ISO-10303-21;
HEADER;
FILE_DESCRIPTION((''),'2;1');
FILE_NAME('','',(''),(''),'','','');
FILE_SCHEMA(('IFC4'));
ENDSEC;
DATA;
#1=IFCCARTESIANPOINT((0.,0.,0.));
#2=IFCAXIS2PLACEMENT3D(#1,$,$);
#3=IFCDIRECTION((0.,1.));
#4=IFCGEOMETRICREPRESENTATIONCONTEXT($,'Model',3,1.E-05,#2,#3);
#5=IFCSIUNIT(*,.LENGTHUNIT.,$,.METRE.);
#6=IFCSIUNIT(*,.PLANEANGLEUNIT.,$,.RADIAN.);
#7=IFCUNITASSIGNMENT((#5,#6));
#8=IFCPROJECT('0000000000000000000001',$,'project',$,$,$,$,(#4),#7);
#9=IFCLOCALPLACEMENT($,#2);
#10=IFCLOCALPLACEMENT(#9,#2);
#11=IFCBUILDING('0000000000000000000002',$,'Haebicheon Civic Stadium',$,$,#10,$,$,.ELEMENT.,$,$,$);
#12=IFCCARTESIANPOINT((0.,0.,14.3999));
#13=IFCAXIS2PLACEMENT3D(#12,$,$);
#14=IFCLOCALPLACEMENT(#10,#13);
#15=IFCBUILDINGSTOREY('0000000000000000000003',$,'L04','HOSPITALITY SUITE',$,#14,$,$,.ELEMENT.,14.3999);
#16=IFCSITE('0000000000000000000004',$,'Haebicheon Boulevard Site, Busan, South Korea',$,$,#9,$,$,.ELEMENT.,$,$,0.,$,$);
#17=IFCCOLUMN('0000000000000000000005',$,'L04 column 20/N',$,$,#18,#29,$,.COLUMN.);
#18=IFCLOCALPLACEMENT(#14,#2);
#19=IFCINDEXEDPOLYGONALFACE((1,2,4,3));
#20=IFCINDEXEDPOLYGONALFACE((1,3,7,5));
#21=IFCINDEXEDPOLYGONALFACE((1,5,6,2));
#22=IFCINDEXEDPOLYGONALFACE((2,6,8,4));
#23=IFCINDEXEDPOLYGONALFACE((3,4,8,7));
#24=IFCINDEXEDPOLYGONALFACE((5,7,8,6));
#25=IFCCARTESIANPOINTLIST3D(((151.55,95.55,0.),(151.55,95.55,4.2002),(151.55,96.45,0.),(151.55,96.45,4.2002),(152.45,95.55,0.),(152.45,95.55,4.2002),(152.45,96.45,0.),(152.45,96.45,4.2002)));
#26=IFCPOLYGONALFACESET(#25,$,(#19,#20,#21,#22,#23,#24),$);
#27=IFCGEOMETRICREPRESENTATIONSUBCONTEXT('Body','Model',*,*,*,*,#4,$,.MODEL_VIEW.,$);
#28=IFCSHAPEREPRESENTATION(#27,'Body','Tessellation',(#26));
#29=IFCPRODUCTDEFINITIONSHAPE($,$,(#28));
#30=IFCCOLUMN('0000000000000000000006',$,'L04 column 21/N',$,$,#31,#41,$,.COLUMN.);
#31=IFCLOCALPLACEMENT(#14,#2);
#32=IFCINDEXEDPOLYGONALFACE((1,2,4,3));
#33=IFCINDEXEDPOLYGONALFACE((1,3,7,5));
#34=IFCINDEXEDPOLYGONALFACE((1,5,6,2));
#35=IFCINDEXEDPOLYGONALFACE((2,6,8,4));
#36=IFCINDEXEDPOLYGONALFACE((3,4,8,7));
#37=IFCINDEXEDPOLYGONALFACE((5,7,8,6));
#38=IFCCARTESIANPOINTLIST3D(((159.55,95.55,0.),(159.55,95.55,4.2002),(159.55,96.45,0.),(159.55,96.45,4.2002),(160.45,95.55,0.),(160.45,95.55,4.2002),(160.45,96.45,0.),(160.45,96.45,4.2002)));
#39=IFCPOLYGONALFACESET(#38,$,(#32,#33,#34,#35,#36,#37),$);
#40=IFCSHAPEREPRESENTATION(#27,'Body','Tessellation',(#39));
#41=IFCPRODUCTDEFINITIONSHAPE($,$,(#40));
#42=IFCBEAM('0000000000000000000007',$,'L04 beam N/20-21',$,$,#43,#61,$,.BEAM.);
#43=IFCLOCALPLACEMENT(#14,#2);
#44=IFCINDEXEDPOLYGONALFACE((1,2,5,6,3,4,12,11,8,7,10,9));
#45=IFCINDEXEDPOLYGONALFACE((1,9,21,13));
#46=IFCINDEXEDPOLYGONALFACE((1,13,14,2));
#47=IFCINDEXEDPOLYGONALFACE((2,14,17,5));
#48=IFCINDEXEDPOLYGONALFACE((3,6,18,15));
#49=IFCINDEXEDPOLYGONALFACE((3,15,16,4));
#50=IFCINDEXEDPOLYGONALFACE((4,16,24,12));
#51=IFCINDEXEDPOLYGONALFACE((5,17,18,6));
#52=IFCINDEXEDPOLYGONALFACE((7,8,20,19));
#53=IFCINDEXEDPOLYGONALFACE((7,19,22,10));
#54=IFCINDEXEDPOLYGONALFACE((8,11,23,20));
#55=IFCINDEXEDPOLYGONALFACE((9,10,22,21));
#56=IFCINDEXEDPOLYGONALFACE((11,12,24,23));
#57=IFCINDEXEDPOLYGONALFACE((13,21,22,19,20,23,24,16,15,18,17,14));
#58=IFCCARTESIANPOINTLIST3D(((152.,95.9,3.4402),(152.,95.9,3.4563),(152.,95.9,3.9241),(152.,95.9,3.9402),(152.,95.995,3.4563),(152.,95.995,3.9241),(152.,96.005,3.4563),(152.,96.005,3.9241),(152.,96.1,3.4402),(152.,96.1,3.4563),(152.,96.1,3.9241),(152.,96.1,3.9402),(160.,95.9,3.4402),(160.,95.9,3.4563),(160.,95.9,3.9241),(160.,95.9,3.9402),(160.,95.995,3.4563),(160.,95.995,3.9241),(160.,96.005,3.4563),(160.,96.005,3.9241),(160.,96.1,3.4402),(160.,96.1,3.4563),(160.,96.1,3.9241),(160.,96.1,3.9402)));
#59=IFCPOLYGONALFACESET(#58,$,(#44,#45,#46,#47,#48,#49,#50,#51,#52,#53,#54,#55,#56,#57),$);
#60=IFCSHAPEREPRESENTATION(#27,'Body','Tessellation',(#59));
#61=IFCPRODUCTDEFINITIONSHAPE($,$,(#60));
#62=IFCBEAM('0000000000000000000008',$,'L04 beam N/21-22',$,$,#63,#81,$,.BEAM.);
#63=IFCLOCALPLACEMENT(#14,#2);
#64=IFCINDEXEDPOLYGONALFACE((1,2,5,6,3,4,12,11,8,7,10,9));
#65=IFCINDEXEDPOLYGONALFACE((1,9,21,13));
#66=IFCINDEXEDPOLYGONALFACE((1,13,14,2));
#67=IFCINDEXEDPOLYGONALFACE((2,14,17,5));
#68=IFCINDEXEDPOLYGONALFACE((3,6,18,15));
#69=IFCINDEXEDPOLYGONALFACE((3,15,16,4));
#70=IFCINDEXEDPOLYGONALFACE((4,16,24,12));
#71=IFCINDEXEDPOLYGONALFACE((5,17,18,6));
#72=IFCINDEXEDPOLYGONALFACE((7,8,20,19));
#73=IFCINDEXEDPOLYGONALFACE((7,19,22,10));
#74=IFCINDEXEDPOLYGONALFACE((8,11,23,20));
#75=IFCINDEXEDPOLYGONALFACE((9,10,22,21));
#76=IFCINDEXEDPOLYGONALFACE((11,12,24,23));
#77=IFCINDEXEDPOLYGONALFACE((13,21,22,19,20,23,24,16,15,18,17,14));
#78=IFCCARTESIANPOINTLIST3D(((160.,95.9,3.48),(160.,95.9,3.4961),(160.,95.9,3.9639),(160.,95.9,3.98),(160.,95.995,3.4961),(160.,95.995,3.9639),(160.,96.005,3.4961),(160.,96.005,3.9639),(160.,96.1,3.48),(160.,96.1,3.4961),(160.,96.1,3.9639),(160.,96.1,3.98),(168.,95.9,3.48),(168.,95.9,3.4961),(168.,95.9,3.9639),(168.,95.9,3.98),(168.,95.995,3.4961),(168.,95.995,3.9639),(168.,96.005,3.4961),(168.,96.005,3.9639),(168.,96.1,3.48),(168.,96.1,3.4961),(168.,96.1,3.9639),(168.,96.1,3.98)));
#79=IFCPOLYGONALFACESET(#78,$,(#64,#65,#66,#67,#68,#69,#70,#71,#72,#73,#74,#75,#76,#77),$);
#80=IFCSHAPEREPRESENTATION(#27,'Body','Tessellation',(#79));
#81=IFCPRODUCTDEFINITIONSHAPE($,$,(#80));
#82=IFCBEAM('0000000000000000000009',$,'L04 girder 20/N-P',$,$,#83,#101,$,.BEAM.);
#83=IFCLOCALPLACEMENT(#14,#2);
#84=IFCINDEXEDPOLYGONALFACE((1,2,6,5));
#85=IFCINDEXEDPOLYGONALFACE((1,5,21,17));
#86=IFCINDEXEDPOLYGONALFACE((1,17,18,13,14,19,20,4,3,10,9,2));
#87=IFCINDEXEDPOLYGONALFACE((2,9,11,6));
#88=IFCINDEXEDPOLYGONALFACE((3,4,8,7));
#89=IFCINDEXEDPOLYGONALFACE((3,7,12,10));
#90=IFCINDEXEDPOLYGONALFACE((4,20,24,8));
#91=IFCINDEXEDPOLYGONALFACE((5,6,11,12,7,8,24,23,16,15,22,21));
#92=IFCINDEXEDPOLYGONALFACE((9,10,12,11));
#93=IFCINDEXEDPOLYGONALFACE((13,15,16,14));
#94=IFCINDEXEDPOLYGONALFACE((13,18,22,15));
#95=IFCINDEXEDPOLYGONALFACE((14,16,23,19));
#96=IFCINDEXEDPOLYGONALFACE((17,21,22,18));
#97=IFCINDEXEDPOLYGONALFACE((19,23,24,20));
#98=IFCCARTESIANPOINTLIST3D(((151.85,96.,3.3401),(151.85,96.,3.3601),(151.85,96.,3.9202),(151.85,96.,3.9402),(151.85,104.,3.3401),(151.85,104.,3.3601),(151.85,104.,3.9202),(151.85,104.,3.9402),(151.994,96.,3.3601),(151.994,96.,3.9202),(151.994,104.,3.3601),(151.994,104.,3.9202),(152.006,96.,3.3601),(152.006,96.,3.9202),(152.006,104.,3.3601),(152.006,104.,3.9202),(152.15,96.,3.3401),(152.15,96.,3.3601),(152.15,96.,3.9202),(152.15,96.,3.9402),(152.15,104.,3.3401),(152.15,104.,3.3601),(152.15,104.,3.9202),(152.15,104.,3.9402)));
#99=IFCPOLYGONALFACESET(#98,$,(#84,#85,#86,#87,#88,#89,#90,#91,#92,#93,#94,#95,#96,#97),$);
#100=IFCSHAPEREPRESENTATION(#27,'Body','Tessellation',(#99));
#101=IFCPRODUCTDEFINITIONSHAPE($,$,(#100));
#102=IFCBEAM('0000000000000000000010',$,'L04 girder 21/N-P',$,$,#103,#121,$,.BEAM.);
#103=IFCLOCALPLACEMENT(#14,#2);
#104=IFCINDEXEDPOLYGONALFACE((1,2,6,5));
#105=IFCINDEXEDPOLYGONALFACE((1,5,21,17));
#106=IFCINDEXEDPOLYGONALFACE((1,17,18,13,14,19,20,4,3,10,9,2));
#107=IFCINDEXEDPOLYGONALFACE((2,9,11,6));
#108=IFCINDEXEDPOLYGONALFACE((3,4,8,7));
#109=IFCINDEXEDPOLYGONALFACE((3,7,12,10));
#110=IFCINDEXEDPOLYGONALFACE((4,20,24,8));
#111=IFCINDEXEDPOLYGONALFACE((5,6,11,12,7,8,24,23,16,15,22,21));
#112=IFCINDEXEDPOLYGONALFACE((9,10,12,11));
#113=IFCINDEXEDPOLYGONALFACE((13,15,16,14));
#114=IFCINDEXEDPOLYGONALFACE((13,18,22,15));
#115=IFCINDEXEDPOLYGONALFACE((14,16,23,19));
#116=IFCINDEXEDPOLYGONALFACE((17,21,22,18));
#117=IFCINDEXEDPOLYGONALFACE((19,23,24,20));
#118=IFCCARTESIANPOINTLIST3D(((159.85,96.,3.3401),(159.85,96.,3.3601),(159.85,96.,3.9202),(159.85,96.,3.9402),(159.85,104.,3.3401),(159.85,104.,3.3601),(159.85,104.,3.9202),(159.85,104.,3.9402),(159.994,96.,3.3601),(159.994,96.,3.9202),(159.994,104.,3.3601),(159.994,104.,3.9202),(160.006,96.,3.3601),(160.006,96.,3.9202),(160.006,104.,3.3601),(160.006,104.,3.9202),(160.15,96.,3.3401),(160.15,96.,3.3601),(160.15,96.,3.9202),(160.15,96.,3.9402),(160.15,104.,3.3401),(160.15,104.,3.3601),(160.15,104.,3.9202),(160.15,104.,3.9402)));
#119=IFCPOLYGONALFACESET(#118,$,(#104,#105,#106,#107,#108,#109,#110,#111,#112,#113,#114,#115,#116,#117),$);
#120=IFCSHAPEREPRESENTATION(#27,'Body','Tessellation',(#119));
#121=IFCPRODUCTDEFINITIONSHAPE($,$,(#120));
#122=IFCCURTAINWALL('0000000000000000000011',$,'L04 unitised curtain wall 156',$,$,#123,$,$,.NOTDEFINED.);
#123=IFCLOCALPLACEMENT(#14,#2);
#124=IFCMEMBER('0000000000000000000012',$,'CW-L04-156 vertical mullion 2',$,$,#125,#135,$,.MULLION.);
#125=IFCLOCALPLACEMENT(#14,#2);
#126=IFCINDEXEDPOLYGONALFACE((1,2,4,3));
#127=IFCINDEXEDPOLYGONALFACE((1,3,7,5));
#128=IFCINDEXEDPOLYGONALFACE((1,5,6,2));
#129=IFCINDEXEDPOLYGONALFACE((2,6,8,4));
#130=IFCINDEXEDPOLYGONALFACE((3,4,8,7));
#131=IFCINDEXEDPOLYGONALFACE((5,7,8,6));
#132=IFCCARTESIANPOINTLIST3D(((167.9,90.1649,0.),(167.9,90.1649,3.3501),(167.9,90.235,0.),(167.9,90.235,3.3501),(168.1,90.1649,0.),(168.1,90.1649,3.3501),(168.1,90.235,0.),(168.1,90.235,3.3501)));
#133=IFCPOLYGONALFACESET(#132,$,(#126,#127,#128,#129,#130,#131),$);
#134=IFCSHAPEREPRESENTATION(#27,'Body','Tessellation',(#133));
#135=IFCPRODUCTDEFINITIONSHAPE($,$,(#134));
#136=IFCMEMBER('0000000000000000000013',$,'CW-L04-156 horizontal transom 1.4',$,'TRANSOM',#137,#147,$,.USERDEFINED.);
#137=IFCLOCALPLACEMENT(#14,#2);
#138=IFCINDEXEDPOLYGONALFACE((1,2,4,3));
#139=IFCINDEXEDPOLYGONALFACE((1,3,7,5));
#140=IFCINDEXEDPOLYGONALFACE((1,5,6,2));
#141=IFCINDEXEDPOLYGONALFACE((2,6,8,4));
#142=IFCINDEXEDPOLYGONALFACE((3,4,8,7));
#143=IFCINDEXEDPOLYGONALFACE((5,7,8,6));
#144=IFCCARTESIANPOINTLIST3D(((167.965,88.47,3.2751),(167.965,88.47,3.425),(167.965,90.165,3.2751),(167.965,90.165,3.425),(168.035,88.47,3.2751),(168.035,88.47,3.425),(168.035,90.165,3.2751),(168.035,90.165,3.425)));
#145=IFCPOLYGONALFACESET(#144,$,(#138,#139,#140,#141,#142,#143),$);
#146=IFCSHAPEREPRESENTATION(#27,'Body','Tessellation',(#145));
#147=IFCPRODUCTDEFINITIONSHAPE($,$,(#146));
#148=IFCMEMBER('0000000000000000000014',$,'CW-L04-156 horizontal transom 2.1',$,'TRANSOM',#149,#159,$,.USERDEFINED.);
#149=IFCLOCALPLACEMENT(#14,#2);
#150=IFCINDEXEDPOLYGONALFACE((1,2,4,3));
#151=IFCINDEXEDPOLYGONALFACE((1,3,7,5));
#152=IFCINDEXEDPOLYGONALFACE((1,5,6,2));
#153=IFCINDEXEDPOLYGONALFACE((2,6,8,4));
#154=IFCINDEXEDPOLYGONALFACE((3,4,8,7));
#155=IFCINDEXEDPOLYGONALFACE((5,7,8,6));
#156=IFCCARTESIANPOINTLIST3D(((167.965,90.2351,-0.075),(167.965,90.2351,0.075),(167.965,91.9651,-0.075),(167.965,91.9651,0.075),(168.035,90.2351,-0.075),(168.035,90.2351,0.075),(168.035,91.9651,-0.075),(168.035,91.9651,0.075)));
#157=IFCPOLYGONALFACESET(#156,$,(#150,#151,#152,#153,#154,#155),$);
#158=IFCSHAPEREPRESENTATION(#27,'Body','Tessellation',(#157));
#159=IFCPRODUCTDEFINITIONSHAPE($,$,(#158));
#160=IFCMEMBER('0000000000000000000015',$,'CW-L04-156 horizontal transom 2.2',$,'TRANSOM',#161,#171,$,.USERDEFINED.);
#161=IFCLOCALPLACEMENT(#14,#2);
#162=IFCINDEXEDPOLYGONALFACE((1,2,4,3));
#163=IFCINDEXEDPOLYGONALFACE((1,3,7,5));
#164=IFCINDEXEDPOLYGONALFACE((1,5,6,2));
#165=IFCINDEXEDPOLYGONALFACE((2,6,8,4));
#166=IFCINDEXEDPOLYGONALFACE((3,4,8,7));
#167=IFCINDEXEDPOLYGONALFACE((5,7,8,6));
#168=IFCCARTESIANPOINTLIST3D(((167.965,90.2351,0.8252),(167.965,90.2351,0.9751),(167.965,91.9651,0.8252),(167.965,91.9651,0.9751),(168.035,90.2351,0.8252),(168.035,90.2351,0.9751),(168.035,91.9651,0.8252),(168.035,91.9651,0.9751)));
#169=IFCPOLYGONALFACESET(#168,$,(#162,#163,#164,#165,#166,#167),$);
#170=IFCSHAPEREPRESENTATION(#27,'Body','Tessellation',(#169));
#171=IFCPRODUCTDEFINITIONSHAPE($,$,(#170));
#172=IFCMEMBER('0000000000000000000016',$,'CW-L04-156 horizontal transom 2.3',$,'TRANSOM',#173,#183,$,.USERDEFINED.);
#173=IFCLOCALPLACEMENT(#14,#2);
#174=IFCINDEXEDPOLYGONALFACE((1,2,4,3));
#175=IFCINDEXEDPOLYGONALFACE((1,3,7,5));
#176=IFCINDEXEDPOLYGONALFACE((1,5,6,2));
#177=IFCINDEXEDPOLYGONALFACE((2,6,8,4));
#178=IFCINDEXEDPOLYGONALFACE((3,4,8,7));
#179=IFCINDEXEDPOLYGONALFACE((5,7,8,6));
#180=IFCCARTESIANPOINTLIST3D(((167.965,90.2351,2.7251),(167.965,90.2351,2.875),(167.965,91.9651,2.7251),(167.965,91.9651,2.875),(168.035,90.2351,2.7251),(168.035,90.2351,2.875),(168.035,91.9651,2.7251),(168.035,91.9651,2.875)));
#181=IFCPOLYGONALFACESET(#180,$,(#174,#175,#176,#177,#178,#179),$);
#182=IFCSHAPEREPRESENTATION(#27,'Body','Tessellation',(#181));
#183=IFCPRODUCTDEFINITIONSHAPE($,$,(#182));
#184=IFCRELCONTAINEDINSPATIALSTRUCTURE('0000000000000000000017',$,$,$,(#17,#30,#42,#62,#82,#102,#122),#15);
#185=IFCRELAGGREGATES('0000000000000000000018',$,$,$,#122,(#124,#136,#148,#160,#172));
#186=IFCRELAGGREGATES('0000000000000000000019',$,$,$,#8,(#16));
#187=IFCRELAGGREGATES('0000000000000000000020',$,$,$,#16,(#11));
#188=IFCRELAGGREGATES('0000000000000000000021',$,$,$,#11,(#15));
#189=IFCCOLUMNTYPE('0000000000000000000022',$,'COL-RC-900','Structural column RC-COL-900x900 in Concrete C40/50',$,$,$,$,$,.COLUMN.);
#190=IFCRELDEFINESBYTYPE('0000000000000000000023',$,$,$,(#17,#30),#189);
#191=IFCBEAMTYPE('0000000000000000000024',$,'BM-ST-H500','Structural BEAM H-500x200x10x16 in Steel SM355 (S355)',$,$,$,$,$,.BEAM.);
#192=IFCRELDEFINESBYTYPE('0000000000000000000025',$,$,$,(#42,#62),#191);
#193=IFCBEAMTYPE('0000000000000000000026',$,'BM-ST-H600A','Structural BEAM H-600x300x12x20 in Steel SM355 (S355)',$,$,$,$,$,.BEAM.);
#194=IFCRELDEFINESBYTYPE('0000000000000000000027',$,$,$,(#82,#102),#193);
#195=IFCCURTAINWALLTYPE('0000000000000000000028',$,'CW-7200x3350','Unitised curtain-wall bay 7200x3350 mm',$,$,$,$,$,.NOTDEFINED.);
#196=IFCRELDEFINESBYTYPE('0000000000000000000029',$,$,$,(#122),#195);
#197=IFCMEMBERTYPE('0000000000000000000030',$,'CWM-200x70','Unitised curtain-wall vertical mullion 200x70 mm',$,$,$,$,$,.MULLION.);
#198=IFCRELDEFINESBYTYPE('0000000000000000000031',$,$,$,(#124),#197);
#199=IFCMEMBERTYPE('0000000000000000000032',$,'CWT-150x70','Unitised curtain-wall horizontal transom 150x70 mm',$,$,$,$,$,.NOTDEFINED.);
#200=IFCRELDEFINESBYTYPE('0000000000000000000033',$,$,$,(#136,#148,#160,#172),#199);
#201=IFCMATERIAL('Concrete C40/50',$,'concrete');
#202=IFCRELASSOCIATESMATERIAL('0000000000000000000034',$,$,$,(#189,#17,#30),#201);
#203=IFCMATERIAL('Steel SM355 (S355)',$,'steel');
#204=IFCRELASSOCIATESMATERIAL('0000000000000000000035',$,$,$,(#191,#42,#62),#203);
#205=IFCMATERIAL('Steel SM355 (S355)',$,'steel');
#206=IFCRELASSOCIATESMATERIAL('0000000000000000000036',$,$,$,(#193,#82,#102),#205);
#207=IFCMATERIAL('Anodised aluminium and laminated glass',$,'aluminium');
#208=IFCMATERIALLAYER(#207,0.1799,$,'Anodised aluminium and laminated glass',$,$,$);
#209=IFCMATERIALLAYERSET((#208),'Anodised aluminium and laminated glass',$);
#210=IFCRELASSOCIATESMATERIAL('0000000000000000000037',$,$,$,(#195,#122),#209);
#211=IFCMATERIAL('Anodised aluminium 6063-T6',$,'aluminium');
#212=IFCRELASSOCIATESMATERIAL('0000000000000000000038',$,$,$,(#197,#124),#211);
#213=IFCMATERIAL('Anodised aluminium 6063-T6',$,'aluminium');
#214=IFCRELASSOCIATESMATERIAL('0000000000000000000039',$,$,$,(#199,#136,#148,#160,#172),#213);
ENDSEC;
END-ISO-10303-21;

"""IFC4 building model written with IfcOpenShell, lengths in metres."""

from ifc_helpers import new_model, si_unit, direction, frame, origin, origin_2d, place, context, subcontext, project, spatial, rectangle, i_section, extrude, material, layer, layer_set, material_profile, profile_set, type_object, element, aggregate, save


model = new_model("IFC4")

# Units and contexts
model_context = context("Model", 3, precision=1e-05, world=origin(), true_north=direction((0.0, 1.0)))
body_context = subcontext(model_context, "Body", "Model", "MODEL_VIEW")
ifc_project = project(units=[si_unit("LENGTHUNIT", "METRE"), si_unit("PLANEANGLEUNIT", "RADIAN")], contexts=[model_context])

# Site, building, storey
site_placement = place(None, origin())
site = spatial("IfcSite", under=ifc_project, at=site_placement, Name="Haebicheon Boulevard Site, Busan, South Korea", CompositionType="ELEMENT", RefElevation=0.0)
building_placement = place(site_placement, origin())
building = spatial("IfcBuilding", under=site, at=building_placement, Name="Haebicheon Civic Stadium", CompositionType="ELEMENT")
storey_placement = place(building_placement, frame((0.0, 0.0, 14.3999)))
storey = spatial("IfcBuildingStorey", under=building, at=storey_placement, Name="L04", Description="HOSPITALITY SUITE", CompositionType="ELEMENT", Elevation=14.3999)

# Columns
ifc_material_1 = material(Name="Concrete C40/50", Category="concrete")
ifc_material_profile_1 = material_profile(ifc_material_1, rectangle(XDim=0.8999, YDim=0.8999, at=origin_2d()), Name="RC-COL-900x900")
ifc_profile_set_1 = profile_set([ifc_material_profile_1], Name="Concrete C40/50")
column_type = type_object("IfcColumnType", Name="COL-RC-900", Description="Structural column RC-COL-900x900 in Concrete C40/50", PredefinedType="COLUMN", material=ifc_profile_set_1)
for number, where, z_axis, x_axis, name in (
    (1, (152.0, 96.0, 0.0), (0.0, 0.0, 1.0), (1.0, 0.0, 0.0), "L04 column 20/N"),
    (2, (160.0, 96.0, 0.0), (0.0, 0.0, 1.0), (1.0, 0.0, 0.0), "L04 column 21/N"),
):
    element("IfcColumn", number, at=place(storey_placement, frame(where, z_axis=z_axis, x_axis=x_axis)), inside=storey, type_object=column_type, material=ifc_profile_set_1, Name=name, PredefinedType="COLUMN", context=body_context, shape_type="SweptSolid", body=[
        extrude(rectangle(XDim=0.8999, YDim=0.8999, at=origin_2d()), origin(), (0.0, 0.0, 1.0), 4.2002),
    ])

# Beams
ifc_material_2 = material(Name="Steel SM355 (S355)", Category="steel")
ifc_material_profile_2 = material_profile(ifc_material_2, i_section(OverallWidth=0.2, OverallDepth=0.5, WebThickness=0.01, FlangeThickness=0.0161, at=origin_2d()), Name="H-500x200x10x16")
ifc_profile_set_2 = profile_set([ifc_material_profile_2], Name="Steel SM355 (S355)")
beam_type_1 = type_object("IfcBeamType", Name="BM-ST-H500", Description="Structural BEAM H-500x200x10x16 in Steel SM355 (S355)", PredefinedType="BEAM", material=ifc_profile_set_2)
for number, where, z_axis, x_axis, name in (
    (3, (152.0, 96.0, 3.6902), (1.0, 0.0, 0.0), (0.0, 1.0, 0.0), "L04 beam N/20-21"),
    (4, (160.0, 96.0, 3.73), (1.0, 0.0, 0.0), (0.0, 1.0, 0.0), "L04 beam N/21-22"),
):
    element("IfcBeam", number, at=place(storey_placement, frame(where, z_axis=z_axis, x_axis=x_axis)), inside=storey, type_object=beam_type_1, material=ifc_profile_set_2, Name=name, PredefinedType="BEAM", context=body_context, shape_type="SweptSolid", body=[
        extrude(i_section(OverallWidth=0.2, OverallDepth=0.5, WebThickness=0.01, FlangeThickness=0.0161, at=origin_2d()), origin(), (0.0, 0.0, 1.0), 8.0),
    ])
ifc_material_3 = material(Name="Steel SM355 (S355)", Category="steel")
ifc_material_profile_3 = material_profile(ifc_material_3, i_section(OverallWidth=0.3, OverallDepth=0.6001, WebThickness=0.012, FlangeThickness=0.02, at=origin_2d()), Name="H-600x300x12x20")
ifc_profile_set_3 = profile_set([ifc_material_profile_3], Name="Steel SM355 (S355)")
beam_type_2 = type_object("IfcBeamType", Name="BM-ST-H600A", Description="Structural BEAM H-600x300x12x20 in Steel SM355 (S355)", PredefinedType="BEAM", material=ifc_profile_set_3)
for number, where, z_axis, x_axis, name in (
    (5, (152.0, 96.0, 3.6401), (0.0, 1.0, 0.0), (-1.0, 0.0, 0.0), "L04 girder 20/N-P"),
    (6, (160.0, 96.0, 3.6401), (0.0, 1.0, 0.0), (-1.0, 0.0, 0.0), "L04 girder 21/N-P"),
):
    element("IfcBeam", number, at=place(storey_placement, frame(where, z_axis=z_axis, x_axis=x_axis)), inside=storey, type_object=beam_type_2, material=ifc_profile_set_3, Name=name, PredefinedType="BEAM", context=body_context, shape_type="SweptSolid", body=[
        extrude(i_section(OverallWidth=0.3, OverallDepth=0.6001, WebThickness=0.012, FlangeThickness=0.02, at=origin_2d()), origin(), (0.0, 0.0, 1.0), 8.0),
    ])

# Curtain wall, members
ifc_material_4 = material(Name="Anodised aluminium and laminated glass", Category="aluminium")
ifc_layer_1 = layer(ifc_material_4, 0.1799, Name="Anodised aluminium and laminated glass")
ifc_layer_set_1 = layer_set([ifc_layer_1], Name="Anodised aluminium and laminated glass")
curtain_wall_type = type_object("IfcCurtainWallType", Name="CW-7200x3350", Description="Unitised curtain-wall bay 7200x3350 mm", PredefinedType="NOTDEFINED", material=ifc_layer_set_1)
curtain_wall_placement = place(storey_placement, origin())
curtain_wall = element("IfcCurtainWall", 7, at=curtain_wall_placement, inside=storey, type_object=curtain_wall_type, material=ifc_layer_set_1, Name="L04 unitised curtain wall 156", PredefinedType="NOTDEFINED")
ifc_material_5 = material(Name="Anodised aluminium 6063-T6", Category="aluminium")
ifc_material_profile_4 = material_profile(ifc_material_5, rectangle(XDim=0.0701, YDim=0.2, at=origin_2d()), Name="ALU-MULL-70x200")
ifc_profile_set_4 = profile_set([ifc_material_profile_4], Name="Anodised aluminium 6063-T6")
member_type_1 = type_object("IfcMemberType", Name="CWM-200x70", Description="Unitised curtain-wall vertical mullion 200x70 mm", PredefinedType="MULLION", material=ifc_profile_set_4)
member_1_placement = place(storey_placement, frame((168.0, 90.2, 0.0), z_axis=(0.0, 0.0, 1.0), x_axis=(0.0, 1.0, 0.0)))
member_1 = element("IfcMember", 8, at=member_1_placement, type_object=member_type_1, material=ifc_profile_set_4, Name="CW-L04-156 vertical mullion 2", PredefinedType="MULLION", context=body_context, shape_type="SweptSolid", body=[
    extrude(rectangle(XDim=0.0701, YDim=0.2, at=origin_2d()), origin(), (0.0, 0.0, 1.0), 3.3501),
])
ifc_material_6 = material(Name="Anodised aluminium 6063-T6", Category="aluminium")
ifc_material_profile_5 = material_profile(ifc_material_6, rectangle(XDim=0.0701, YDim=0.1499, at=origin_2d()), Name="ALU-TRAN-70x150")
ifc_profile_set_5 = profile_set([ifc_material_profile_5], Name="Anodised aluminium 6063-T6")
member_type_2 = type_object("IfcMemberType", Name="CWT-150x70", Description="Unitised curtain-wall horizontal transom 150x70 mm", PredefinedType="NOTDEFINED", material=ifc_profile_set_5)
member_2_placement = place(storey_placement, frame((168.0, 88.47, 3.3501), z_axis=(0.0, 1.0, 0.0), x_axis=(-1.0, 0.0, 0.0)))
member_2 = element("IfcMember", 9, at=member_2_placement, type_object=member_type_2, material=ifc_profile_set_5, Name="CW-L04-156 horizontal transom 1.4", ObjectType="TRANSOM", PredefinedType="USERDEFINED", context=body_context, shape_type="SweptSolid", body=[
    extrude(rectangle(XDim=0.0701, YDim=0.1499, at=origin_2d()), origin(), (0.0, 0.0, 1.0), 1.6951),
])
member_3_placement = place(storey_placement, frame((168.0, 90.2351, 0.0), z_axis=(0.0, 1.0, 0.0), x_axis=(-1.0, 0.0, 0.0)))
member_3 = element("IfcMember", 10, at=member_3_placement, type_object=member_type_2, material=ifc_profile_set_5, Name="CW-L04-156 horizontal transom 2.1", ObjectType="TRANSOM", PredefinedType="USERDEFINED", context=body_context, shape_type="SweptSolid", body=[
    extrude(rectangle(XDim=0.0701, YDim=0.1499, at=origin_2d()), origin(), (0.0, 0.0, 1.0), 1.73),
])
member_4_placement = place(storey_placement, frame((168.0, 90.2351, 0.9001), z_axis=(0.0, 1.0, 0.0), x_axis=(-1.0, 0.0, 0.0)))
member_4 = element("IfcMember", 11, at=member_4_placement, type_object=member_type_2, material=ifc_profile_set_5, Name="CW-L04-156 horizontal transom 2.2", ObjectType="TRANSOM", PredefinedType="USERDEFINED", context=body_context, shape_type="SweptSolid", body=[
    extrude(rectangle(XDim=0.0701, YDim=0.1499, at=origin_2d()), origin(), (0.0, 0.0, 1.0), 1.73),
])
member_5_placement = place(storey_placement, frame((168.0, 90.2351, 2.8), z_axis=(0.0, 1.0, 0.0), x_axis=(-1.0, 0.0, 0.0)))
member_5 = element("IfcMember", 12, at=member_5_placement, type_object=member_type_2, material=ifc_profile_set_5, Name="CW-L04-156 horizontal transom 2.3", ObjectType="TRANSOM", PredefinedType="USERDEFINED", context=body_context, shape_type="SweptSolid", body=[
    extrude(rectangle(XDim=0.0701, YDim=0.1499, at=origin_2d()), origin(), (0.0, 0.0, 1.0), 1.73),
])

aggregate(curtain_wall, [member_1, member_2, member_3, member_4, member_5])

save(model, "model.ifc")
